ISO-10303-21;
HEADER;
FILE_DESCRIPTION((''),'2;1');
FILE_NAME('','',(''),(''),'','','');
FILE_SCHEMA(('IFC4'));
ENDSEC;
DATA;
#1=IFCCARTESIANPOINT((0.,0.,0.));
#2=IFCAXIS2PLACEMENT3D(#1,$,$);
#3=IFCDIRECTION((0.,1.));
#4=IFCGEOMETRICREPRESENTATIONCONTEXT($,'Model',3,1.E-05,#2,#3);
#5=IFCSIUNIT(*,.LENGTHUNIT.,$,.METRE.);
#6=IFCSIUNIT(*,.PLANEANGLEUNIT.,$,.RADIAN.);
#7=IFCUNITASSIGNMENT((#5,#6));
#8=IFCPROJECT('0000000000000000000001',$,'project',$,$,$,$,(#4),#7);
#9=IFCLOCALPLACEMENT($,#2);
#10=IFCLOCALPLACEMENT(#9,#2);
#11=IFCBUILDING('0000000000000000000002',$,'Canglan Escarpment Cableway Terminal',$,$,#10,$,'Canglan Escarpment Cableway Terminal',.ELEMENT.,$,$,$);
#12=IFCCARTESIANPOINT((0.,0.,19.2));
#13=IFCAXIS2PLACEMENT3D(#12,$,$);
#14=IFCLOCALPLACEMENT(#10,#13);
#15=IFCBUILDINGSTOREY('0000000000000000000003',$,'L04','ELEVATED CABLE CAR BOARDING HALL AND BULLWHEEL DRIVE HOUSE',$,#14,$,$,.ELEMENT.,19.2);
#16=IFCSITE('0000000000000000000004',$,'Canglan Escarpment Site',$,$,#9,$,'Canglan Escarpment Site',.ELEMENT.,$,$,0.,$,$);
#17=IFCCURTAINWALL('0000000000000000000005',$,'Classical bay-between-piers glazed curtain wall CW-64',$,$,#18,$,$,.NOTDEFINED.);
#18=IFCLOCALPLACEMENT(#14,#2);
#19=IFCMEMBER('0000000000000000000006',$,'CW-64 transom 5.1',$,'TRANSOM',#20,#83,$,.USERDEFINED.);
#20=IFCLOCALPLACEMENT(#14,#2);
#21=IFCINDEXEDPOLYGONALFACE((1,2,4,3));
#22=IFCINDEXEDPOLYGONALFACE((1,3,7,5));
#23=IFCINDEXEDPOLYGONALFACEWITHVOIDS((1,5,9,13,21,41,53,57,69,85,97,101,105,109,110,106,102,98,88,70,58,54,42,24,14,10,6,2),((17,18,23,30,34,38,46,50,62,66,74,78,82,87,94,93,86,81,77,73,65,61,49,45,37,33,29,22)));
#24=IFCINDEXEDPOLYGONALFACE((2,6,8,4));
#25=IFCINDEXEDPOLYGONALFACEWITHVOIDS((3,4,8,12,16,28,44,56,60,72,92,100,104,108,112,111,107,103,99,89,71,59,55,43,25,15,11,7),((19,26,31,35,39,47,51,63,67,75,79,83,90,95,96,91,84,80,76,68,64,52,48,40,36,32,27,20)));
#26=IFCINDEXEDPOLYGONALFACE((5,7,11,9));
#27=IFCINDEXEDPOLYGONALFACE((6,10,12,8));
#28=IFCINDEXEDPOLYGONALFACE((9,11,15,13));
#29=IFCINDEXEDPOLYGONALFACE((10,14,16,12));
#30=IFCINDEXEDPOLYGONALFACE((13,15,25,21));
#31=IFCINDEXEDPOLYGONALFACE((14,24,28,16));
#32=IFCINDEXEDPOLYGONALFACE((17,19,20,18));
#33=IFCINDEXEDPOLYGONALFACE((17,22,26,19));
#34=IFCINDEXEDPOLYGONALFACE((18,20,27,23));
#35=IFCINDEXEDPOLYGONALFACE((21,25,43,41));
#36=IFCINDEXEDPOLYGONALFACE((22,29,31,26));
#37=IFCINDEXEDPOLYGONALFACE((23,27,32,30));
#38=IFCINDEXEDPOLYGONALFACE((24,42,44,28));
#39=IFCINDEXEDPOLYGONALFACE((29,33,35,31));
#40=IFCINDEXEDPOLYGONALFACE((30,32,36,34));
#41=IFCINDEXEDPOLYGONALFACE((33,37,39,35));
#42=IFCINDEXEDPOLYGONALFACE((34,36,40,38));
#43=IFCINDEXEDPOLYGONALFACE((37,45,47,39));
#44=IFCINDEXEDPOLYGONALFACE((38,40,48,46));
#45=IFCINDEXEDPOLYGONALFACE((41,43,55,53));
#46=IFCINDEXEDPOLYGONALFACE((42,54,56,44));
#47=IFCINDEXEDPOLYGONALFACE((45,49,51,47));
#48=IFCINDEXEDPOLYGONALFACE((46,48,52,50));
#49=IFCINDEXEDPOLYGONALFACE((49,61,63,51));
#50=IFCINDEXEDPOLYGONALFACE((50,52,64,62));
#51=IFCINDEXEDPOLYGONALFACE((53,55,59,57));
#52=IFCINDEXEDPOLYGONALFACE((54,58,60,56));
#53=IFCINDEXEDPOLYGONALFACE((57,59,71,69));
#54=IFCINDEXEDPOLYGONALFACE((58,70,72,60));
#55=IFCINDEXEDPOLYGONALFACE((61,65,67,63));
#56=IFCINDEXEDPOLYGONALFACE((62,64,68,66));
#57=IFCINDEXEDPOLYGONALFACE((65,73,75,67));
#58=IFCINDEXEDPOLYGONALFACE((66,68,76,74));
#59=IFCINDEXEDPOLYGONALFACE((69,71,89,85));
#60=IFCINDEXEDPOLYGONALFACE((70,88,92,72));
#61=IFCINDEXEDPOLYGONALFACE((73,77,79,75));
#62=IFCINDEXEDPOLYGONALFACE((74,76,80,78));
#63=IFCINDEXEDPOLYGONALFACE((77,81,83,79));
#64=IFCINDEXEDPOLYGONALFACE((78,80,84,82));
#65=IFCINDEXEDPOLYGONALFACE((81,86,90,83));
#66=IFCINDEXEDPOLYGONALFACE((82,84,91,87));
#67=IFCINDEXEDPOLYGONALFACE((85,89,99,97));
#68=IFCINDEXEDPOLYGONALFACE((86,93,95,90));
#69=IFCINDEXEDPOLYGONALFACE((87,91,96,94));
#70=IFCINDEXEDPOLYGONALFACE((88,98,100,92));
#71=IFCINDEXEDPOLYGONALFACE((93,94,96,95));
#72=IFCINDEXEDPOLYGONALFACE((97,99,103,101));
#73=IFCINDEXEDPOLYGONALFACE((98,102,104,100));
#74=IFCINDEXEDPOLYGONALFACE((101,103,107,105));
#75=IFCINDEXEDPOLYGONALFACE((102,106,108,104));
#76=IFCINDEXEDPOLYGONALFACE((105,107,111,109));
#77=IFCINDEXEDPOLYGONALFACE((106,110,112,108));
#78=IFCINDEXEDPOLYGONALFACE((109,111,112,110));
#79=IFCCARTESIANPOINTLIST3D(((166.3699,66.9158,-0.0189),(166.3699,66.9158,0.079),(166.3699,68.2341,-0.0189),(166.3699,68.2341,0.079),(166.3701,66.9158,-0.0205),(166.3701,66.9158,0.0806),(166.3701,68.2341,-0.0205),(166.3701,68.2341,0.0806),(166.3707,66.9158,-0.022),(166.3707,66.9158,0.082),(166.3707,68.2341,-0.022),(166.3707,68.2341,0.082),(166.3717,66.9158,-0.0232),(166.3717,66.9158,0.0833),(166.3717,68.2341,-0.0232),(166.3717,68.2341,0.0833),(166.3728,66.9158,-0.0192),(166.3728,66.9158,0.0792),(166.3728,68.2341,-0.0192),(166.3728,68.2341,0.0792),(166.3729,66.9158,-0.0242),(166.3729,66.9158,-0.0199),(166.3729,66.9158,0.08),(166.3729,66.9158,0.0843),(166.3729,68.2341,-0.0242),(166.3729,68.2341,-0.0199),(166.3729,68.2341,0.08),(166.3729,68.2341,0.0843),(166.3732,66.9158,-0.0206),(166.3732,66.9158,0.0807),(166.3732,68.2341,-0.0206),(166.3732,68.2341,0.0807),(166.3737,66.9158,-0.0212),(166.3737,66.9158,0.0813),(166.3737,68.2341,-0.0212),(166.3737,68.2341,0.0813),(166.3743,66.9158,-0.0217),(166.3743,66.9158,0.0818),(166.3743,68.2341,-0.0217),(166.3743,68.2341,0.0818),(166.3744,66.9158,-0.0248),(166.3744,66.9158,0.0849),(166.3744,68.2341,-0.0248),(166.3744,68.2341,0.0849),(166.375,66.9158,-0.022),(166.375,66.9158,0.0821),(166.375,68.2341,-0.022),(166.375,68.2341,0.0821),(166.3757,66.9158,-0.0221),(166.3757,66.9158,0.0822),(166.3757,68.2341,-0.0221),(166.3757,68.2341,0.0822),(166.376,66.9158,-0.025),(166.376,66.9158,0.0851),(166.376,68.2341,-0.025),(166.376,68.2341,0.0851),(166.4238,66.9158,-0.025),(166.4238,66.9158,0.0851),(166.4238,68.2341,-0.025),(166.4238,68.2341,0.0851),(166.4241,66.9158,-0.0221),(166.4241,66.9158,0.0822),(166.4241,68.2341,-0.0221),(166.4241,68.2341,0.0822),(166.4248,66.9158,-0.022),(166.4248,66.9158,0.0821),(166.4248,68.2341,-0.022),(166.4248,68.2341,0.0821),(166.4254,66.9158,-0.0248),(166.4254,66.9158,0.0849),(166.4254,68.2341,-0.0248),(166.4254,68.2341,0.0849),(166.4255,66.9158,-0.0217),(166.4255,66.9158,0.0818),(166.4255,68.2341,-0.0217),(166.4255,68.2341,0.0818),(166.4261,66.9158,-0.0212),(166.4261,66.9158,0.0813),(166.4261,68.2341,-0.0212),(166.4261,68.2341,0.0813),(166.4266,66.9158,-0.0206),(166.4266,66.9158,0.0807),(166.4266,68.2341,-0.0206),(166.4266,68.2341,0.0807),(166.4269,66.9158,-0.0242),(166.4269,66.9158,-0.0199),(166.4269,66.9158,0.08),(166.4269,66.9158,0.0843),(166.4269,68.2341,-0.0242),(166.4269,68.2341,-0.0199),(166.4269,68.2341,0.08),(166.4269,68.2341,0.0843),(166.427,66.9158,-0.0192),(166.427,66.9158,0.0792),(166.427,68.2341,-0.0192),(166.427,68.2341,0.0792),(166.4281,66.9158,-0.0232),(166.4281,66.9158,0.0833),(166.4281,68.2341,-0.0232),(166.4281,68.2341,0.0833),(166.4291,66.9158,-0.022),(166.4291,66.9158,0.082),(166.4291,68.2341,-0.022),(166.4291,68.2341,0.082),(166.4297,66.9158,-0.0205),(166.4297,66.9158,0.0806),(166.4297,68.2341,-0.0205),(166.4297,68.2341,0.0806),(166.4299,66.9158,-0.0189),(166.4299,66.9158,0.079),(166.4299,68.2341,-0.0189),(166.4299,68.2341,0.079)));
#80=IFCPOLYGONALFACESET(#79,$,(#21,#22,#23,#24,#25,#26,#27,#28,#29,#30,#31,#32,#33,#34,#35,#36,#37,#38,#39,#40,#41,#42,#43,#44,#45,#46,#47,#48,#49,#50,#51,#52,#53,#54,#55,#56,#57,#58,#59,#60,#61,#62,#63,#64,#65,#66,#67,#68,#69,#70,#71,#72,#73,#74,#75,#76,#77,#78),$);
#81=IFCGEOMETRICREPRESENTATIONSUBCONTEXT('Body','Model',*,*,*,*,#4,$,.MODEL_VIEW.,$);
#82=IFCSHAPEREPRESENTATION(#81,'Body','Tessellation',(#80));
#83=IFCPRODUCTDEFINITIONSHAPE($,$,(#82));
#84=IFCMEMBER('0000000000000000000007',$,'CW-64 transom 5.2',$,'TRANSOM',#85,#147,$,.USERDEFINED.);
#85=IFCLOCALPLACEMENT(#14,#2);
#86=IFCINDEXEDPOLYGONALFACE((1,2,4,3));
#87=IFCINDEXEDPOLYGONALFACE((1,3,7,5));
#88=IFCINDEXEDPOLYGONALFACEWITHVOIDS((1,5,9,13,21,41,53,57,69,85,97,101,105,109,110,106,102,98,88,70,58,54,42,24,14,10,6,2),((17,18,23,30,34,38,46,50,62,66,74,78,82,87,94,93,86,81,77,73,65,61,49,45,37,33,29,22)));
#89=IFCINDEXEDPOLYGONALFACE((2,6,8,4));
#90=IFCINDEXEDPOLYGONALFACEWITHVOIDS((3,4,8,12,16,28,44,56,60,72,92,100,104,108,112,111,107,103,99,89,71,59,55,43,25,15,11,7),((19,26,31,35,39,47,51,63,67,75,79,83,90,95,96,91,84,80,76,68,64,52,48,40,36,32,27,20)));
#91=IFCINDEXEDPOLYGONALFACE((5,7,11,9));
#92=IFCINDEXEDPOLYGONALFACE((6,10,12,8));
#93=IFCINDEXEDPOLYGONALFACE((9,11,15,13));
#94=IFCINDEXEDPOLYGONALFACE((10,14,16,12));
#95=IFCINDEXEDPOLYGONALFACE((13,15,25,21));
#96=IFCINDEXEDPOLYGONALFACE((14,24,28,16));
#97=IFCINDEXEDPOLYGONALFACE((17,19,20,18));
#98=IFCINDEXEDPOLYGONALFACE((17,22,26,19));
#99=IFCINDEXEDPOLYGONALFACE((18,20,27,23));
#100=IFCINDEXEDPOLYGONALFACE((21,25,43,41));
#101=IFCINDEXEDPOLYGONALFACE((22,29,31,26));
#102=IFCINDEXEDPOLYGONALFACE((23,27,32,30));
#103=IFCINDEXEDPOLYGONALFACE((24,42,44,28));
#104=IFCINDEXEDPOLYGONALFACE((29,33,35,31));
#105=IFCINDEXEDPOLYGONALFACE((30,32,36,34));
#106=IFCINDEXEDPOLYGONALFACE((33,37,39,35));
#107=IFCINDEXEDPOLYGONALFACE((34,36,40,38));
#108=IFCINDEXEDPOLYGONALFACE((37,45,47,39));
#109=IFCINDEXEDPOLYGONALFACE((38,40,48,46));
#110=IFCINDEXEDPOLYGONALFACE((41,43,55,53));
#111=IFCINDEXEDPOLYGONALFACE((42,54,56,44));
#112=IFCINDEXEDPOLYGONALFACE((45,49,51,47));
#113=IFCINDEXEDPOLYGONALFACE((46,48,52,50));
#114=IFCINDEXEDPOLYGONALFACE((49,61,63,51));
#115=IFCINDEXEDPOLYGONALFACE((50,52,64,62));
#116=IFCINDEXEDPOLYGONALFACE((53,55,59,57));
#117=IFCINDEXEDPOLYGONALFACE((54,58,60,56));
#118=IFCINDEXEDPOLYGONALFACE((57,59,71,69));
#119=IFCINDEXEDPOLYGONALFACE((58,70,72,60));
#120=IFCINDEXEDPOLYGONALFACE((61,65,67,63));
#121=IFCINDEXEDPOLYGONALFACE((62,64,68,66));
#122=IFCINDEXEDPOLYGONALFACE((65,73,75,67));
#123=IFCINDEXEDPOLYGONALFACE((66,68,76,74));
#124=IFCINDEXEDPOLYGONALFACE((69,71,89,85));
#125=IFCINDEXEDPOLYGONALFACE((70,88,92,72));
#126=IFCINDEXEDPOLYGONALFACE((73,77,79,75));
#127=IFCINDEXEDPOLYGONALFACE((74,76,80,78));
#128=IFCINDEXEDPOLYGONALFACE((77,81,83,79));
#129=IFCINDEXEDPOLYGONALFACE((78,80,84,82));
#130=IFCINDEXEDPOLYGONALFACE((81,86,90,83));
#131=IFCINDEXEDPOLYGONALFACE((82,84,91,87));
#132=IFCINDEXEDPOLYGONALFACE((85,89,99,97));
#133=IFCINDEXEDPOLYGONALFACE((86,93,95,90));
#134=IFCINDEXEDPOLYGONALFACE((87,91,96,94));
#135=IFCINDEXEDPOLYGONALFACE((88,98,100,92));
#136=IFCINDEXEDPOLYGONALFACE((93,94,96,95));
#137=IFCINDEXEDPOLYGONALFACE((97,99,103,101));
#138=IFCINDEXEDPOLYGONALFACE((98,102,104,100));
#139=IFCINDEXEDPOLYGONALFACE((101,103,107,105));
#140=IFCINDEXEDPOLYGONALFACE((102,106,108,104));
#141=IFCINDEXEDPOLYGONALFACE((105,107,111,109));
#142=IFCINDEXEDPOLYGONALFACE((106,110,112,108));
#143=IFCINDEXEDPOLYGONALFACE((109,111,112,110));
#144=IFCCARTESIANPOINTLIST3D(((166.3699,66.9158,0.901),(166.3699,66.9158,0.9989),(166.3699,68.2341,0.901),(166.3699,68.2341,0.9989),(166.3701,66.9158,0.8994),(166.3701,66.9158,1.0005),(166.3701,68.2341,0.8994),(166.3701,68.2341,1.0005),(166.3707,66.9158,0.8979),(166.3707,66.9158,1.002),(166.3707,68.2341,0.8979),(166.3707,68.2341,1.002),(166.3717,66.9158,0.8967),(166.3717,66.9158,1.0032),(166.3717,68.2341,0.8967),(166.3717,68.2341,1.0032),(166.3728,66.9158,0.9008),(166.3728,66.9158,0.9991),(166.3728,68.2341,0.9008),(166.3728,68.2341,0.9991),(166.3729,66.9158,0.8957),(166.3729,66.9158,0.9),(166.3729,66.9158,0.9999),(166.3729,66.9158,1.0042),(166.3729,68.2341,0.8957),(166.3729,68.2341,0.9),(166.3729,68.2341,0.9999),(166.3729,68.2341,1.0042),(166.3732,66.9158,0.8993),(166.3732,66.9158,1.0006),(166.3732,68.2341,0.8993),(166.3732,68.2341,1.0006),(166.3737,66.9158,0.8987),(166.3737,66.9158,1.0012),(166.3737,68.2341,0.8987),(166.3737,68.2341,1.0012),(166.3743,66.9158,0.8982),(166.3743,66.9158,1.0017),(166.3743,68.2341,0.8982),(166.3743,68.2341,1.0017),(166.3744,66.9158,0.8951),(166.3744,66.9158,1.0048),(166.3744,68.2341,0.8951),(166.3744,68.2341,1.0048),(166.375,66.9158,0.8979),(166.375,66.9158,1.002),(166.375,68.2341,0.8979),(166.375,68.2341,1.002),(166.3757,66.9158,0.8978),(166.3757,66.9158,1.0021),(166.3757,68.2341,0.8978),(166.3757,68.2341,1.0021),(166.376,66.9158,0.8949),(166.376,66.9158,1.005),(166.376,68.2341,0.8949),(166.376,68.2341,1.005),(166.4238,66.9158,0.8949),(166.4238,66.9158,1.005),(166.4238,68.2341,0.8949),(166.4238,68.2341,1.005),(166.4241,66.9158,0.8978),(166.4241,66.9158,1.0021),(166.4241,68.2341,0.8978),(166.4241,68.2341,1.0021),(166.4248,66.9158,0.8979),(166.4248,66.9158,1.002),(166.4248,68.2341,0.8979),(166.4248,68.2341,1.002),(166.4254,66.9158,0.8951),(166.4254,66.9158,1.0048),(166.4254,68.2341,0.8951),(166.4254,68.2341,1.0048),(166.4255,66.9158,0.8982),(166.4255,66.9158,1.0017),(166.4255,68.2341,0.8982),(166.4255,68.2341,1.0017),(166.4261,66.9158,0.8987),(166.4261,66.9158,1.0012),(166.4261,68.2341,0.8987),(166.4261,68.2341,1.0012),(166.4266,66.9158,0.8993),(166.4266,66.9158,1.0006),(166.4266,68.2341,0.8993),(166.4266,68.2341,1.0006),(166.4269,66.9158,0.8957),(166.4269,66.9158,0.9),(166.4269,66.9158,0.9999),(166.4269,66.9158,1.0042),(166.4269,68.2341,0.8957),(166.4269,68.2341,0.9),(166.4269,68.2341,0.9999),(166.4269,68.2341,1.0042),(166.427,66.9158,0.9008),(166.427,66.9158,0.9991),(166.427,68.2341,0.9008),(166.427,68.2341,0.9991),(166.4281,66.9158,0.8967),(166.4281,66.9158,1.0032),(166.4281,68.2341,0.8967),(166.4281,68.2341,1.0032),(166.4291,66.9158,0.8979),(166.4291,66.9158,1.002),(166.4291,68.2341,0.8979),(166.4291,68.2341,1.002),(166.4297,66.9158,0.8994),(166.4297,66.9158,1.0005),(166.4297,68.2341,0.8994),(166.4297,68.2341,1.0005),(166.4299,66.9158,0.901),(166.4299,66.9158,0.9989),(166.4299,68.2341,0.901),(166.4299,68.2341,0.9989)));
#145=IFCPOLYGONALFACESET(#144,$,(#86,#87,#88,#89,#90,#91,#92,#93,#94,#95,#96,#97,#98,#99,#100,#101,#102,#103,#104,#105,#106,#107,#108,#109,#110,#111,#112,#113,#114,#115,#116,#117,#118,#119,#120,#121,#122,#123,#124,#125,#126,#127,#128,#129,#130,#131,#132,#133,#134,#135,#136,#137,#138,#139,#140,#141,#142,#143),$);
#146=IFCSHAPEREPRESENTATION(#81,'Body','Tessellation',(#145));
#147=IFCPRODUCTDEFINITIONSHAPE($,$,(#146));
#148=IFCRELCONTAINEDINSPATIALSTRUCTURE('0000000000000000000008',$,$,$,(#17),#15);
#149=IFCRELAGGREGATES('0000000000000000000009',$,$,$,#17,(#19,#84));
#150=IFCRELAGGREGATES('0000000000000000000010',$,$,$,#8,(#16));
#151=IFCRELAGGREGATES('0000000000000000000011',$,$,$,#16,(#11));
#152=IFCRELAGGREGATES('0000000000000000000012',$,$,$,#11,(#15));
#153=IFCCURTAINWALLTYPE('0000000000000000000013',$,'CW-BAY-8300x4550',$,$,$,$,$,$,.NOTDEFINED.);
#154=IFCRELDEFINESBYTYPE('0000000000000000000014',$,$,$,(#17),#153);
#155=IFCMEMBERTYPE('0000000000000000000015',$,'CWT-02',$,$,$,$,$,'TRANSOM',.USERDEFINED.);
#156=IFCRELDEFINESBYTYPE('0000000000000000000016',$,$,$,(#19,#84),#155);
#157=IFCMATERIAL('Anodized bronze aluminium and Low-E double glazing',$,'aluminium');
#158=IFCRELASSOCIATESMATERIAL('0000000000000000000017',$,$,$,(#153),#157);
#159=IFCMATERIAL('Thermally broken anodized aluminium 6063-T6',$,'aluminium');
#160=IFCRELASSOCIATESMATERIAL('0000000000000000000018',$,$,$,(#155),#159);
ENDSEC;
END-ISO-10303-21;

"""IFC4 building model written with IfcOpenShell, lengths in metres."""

from ifc_helpers import new_model, si_unit, direction, frame, origin, origin_2d, place, context, subcontext, project, spatial, hollow_rectangle, extrude, material, material_profile, profile_set, type_object, element, aggregate, save


model = new_model("IFC4")

# Units and contexts
model_context = context("Model", 3, precision=1e-05, world=origin(), true_north=direction((0.0, 1.0)))
body_context = subcontext(model_context, "Body", "Model", "MODEL_VIEW")
ifc_project = project(units=[si_unit("LENGTHUNIT", "METRE"), si_unit("PLANEANGLEUNIT", "RADIAN")], contexts=[model_context])

# Site, building, storey
site_placement = place(None, origin())
site = spatial("IfcSite", under=ifc_project, at=site_placement, Name="Canglan Escarpment Site", LongName="Canglan Escarpment Site", CompositionType="ELEMENT", RefElevation=0.0)
building_placement = place(site_placement, origin())
building = spatial("IfcBuilding", under=site, at=building_placement, Name="Canglan Escarpment Cableway Terminal", LongName="Canglan Escarpment Cableway Terminal", CompositionType="ELEMENT")
storey_placement = place(building_placement, frame((0.0, 0.0, 19.2)))
storey = spatial("IfcBuildingStorey", under=building, at=storey_placement, Name="L04", Description="ELEVATED CABLE CAR BOARDING HALL AND BULLWHEEL DRIVE HOUSE", CompositionType="ELEMENT", Elevation=19.2)

# Curtain wall
ifc_material_1 = material(Name="Anodized bronze aluminium and Low-E double glazing", Category="aluminium")
curtain_wall_type = type_object("IfcCurtainWallType", Name="CW-BAY-8300x4550", PredefinedType="NOTDEFINED", material=ifc_material_1)
curtain_wall_1_placement = place(storey_placement, origin())
curtain_wall_1 = element("IfcCurtainWall", 1, at=curtain_wall_1_placement, inside=storey, type_object=curtain_wall_type, Name="Classical bay-between-piers glazed curtain wall CW-64", PredefinedType="NOTDEFINED")
ifc_material_2 = material(Name="Thermally broken anodized aluminium 6063-T6", Category="aluminium")

# Members
ifc_material_profile_1 = material_profile(ifc_material_2, hollow_rectangle(XDim=0.0601, YDim=0.1101, WallThickness=0.0029, InnerFilletRadius=0.0029, OuterFilletRadius=0.0061, at=origin_2d()), Name="ALU-TRAN 60x110x3")
ifc_profile_set_1 = profile_set([ifc_material_profile_1], Name="Thermally broken anodized aluminium 6063-T6")
member_type_1 = type_object("IfcMemberType", Name="CWT-02", ElementType="TRANSOM", PredefinedType="USERDEFINED", material=ifc_profile_set_1)
member_1_placement = place(storey_placement, frame((166.3999, 66.9158, 0.03), z_axis=(0.0, 1.0, 0.0), x_axis=(-1.0, 0.0, 0.0)))
member_1 = element("IfcMember", 2, at=member_1_placement, type_object=member_type_1, Name="CW-64 transom 5.1", ObjectType="TRANSOM", PredefinedType="USERDEFINED", context=body_context, shape_type="SweptSolid", body=[
    extrude(hollow_rectangle(XDim=0.0601, YDim=0.1101, WallThickness=0.0029, InnerFilletRadius=0.0029, OuterFilletRadius=0.0061, at=origin_2d()), origin(), (0.0, 0.0, 1.0), 1.3184),
])
member_2_placement = place(storey_placement, frame((166.3999, 66.9158, 0.95), z_axis=(0.0, 1.0, 0.0), x_axis=(-1.0, 0.0, 0.0)))
member_2 = element("IfcMember", 3, at=member_2_placement, type_object=member_type_1, Name="CW-64 transom 5.2", ObjectType="TRANSOM", PredefinedType="USERDEFINED", context=body_context, shape_type="SweptSolid", body=[
    extrude(hollow_rectangle(XDim=0.0601, YDim=0.1101, WallThickness=0.0029, InnerFilletRadius=0.0029, OuterFilletRadius=0.0061, at=origin_2d()), origin(), (0.0, 0.0, 1.0), 1.3184),
])

aggregate(curtain_wall_1, [member_1, member_2])

save(model, "model.ifc")
